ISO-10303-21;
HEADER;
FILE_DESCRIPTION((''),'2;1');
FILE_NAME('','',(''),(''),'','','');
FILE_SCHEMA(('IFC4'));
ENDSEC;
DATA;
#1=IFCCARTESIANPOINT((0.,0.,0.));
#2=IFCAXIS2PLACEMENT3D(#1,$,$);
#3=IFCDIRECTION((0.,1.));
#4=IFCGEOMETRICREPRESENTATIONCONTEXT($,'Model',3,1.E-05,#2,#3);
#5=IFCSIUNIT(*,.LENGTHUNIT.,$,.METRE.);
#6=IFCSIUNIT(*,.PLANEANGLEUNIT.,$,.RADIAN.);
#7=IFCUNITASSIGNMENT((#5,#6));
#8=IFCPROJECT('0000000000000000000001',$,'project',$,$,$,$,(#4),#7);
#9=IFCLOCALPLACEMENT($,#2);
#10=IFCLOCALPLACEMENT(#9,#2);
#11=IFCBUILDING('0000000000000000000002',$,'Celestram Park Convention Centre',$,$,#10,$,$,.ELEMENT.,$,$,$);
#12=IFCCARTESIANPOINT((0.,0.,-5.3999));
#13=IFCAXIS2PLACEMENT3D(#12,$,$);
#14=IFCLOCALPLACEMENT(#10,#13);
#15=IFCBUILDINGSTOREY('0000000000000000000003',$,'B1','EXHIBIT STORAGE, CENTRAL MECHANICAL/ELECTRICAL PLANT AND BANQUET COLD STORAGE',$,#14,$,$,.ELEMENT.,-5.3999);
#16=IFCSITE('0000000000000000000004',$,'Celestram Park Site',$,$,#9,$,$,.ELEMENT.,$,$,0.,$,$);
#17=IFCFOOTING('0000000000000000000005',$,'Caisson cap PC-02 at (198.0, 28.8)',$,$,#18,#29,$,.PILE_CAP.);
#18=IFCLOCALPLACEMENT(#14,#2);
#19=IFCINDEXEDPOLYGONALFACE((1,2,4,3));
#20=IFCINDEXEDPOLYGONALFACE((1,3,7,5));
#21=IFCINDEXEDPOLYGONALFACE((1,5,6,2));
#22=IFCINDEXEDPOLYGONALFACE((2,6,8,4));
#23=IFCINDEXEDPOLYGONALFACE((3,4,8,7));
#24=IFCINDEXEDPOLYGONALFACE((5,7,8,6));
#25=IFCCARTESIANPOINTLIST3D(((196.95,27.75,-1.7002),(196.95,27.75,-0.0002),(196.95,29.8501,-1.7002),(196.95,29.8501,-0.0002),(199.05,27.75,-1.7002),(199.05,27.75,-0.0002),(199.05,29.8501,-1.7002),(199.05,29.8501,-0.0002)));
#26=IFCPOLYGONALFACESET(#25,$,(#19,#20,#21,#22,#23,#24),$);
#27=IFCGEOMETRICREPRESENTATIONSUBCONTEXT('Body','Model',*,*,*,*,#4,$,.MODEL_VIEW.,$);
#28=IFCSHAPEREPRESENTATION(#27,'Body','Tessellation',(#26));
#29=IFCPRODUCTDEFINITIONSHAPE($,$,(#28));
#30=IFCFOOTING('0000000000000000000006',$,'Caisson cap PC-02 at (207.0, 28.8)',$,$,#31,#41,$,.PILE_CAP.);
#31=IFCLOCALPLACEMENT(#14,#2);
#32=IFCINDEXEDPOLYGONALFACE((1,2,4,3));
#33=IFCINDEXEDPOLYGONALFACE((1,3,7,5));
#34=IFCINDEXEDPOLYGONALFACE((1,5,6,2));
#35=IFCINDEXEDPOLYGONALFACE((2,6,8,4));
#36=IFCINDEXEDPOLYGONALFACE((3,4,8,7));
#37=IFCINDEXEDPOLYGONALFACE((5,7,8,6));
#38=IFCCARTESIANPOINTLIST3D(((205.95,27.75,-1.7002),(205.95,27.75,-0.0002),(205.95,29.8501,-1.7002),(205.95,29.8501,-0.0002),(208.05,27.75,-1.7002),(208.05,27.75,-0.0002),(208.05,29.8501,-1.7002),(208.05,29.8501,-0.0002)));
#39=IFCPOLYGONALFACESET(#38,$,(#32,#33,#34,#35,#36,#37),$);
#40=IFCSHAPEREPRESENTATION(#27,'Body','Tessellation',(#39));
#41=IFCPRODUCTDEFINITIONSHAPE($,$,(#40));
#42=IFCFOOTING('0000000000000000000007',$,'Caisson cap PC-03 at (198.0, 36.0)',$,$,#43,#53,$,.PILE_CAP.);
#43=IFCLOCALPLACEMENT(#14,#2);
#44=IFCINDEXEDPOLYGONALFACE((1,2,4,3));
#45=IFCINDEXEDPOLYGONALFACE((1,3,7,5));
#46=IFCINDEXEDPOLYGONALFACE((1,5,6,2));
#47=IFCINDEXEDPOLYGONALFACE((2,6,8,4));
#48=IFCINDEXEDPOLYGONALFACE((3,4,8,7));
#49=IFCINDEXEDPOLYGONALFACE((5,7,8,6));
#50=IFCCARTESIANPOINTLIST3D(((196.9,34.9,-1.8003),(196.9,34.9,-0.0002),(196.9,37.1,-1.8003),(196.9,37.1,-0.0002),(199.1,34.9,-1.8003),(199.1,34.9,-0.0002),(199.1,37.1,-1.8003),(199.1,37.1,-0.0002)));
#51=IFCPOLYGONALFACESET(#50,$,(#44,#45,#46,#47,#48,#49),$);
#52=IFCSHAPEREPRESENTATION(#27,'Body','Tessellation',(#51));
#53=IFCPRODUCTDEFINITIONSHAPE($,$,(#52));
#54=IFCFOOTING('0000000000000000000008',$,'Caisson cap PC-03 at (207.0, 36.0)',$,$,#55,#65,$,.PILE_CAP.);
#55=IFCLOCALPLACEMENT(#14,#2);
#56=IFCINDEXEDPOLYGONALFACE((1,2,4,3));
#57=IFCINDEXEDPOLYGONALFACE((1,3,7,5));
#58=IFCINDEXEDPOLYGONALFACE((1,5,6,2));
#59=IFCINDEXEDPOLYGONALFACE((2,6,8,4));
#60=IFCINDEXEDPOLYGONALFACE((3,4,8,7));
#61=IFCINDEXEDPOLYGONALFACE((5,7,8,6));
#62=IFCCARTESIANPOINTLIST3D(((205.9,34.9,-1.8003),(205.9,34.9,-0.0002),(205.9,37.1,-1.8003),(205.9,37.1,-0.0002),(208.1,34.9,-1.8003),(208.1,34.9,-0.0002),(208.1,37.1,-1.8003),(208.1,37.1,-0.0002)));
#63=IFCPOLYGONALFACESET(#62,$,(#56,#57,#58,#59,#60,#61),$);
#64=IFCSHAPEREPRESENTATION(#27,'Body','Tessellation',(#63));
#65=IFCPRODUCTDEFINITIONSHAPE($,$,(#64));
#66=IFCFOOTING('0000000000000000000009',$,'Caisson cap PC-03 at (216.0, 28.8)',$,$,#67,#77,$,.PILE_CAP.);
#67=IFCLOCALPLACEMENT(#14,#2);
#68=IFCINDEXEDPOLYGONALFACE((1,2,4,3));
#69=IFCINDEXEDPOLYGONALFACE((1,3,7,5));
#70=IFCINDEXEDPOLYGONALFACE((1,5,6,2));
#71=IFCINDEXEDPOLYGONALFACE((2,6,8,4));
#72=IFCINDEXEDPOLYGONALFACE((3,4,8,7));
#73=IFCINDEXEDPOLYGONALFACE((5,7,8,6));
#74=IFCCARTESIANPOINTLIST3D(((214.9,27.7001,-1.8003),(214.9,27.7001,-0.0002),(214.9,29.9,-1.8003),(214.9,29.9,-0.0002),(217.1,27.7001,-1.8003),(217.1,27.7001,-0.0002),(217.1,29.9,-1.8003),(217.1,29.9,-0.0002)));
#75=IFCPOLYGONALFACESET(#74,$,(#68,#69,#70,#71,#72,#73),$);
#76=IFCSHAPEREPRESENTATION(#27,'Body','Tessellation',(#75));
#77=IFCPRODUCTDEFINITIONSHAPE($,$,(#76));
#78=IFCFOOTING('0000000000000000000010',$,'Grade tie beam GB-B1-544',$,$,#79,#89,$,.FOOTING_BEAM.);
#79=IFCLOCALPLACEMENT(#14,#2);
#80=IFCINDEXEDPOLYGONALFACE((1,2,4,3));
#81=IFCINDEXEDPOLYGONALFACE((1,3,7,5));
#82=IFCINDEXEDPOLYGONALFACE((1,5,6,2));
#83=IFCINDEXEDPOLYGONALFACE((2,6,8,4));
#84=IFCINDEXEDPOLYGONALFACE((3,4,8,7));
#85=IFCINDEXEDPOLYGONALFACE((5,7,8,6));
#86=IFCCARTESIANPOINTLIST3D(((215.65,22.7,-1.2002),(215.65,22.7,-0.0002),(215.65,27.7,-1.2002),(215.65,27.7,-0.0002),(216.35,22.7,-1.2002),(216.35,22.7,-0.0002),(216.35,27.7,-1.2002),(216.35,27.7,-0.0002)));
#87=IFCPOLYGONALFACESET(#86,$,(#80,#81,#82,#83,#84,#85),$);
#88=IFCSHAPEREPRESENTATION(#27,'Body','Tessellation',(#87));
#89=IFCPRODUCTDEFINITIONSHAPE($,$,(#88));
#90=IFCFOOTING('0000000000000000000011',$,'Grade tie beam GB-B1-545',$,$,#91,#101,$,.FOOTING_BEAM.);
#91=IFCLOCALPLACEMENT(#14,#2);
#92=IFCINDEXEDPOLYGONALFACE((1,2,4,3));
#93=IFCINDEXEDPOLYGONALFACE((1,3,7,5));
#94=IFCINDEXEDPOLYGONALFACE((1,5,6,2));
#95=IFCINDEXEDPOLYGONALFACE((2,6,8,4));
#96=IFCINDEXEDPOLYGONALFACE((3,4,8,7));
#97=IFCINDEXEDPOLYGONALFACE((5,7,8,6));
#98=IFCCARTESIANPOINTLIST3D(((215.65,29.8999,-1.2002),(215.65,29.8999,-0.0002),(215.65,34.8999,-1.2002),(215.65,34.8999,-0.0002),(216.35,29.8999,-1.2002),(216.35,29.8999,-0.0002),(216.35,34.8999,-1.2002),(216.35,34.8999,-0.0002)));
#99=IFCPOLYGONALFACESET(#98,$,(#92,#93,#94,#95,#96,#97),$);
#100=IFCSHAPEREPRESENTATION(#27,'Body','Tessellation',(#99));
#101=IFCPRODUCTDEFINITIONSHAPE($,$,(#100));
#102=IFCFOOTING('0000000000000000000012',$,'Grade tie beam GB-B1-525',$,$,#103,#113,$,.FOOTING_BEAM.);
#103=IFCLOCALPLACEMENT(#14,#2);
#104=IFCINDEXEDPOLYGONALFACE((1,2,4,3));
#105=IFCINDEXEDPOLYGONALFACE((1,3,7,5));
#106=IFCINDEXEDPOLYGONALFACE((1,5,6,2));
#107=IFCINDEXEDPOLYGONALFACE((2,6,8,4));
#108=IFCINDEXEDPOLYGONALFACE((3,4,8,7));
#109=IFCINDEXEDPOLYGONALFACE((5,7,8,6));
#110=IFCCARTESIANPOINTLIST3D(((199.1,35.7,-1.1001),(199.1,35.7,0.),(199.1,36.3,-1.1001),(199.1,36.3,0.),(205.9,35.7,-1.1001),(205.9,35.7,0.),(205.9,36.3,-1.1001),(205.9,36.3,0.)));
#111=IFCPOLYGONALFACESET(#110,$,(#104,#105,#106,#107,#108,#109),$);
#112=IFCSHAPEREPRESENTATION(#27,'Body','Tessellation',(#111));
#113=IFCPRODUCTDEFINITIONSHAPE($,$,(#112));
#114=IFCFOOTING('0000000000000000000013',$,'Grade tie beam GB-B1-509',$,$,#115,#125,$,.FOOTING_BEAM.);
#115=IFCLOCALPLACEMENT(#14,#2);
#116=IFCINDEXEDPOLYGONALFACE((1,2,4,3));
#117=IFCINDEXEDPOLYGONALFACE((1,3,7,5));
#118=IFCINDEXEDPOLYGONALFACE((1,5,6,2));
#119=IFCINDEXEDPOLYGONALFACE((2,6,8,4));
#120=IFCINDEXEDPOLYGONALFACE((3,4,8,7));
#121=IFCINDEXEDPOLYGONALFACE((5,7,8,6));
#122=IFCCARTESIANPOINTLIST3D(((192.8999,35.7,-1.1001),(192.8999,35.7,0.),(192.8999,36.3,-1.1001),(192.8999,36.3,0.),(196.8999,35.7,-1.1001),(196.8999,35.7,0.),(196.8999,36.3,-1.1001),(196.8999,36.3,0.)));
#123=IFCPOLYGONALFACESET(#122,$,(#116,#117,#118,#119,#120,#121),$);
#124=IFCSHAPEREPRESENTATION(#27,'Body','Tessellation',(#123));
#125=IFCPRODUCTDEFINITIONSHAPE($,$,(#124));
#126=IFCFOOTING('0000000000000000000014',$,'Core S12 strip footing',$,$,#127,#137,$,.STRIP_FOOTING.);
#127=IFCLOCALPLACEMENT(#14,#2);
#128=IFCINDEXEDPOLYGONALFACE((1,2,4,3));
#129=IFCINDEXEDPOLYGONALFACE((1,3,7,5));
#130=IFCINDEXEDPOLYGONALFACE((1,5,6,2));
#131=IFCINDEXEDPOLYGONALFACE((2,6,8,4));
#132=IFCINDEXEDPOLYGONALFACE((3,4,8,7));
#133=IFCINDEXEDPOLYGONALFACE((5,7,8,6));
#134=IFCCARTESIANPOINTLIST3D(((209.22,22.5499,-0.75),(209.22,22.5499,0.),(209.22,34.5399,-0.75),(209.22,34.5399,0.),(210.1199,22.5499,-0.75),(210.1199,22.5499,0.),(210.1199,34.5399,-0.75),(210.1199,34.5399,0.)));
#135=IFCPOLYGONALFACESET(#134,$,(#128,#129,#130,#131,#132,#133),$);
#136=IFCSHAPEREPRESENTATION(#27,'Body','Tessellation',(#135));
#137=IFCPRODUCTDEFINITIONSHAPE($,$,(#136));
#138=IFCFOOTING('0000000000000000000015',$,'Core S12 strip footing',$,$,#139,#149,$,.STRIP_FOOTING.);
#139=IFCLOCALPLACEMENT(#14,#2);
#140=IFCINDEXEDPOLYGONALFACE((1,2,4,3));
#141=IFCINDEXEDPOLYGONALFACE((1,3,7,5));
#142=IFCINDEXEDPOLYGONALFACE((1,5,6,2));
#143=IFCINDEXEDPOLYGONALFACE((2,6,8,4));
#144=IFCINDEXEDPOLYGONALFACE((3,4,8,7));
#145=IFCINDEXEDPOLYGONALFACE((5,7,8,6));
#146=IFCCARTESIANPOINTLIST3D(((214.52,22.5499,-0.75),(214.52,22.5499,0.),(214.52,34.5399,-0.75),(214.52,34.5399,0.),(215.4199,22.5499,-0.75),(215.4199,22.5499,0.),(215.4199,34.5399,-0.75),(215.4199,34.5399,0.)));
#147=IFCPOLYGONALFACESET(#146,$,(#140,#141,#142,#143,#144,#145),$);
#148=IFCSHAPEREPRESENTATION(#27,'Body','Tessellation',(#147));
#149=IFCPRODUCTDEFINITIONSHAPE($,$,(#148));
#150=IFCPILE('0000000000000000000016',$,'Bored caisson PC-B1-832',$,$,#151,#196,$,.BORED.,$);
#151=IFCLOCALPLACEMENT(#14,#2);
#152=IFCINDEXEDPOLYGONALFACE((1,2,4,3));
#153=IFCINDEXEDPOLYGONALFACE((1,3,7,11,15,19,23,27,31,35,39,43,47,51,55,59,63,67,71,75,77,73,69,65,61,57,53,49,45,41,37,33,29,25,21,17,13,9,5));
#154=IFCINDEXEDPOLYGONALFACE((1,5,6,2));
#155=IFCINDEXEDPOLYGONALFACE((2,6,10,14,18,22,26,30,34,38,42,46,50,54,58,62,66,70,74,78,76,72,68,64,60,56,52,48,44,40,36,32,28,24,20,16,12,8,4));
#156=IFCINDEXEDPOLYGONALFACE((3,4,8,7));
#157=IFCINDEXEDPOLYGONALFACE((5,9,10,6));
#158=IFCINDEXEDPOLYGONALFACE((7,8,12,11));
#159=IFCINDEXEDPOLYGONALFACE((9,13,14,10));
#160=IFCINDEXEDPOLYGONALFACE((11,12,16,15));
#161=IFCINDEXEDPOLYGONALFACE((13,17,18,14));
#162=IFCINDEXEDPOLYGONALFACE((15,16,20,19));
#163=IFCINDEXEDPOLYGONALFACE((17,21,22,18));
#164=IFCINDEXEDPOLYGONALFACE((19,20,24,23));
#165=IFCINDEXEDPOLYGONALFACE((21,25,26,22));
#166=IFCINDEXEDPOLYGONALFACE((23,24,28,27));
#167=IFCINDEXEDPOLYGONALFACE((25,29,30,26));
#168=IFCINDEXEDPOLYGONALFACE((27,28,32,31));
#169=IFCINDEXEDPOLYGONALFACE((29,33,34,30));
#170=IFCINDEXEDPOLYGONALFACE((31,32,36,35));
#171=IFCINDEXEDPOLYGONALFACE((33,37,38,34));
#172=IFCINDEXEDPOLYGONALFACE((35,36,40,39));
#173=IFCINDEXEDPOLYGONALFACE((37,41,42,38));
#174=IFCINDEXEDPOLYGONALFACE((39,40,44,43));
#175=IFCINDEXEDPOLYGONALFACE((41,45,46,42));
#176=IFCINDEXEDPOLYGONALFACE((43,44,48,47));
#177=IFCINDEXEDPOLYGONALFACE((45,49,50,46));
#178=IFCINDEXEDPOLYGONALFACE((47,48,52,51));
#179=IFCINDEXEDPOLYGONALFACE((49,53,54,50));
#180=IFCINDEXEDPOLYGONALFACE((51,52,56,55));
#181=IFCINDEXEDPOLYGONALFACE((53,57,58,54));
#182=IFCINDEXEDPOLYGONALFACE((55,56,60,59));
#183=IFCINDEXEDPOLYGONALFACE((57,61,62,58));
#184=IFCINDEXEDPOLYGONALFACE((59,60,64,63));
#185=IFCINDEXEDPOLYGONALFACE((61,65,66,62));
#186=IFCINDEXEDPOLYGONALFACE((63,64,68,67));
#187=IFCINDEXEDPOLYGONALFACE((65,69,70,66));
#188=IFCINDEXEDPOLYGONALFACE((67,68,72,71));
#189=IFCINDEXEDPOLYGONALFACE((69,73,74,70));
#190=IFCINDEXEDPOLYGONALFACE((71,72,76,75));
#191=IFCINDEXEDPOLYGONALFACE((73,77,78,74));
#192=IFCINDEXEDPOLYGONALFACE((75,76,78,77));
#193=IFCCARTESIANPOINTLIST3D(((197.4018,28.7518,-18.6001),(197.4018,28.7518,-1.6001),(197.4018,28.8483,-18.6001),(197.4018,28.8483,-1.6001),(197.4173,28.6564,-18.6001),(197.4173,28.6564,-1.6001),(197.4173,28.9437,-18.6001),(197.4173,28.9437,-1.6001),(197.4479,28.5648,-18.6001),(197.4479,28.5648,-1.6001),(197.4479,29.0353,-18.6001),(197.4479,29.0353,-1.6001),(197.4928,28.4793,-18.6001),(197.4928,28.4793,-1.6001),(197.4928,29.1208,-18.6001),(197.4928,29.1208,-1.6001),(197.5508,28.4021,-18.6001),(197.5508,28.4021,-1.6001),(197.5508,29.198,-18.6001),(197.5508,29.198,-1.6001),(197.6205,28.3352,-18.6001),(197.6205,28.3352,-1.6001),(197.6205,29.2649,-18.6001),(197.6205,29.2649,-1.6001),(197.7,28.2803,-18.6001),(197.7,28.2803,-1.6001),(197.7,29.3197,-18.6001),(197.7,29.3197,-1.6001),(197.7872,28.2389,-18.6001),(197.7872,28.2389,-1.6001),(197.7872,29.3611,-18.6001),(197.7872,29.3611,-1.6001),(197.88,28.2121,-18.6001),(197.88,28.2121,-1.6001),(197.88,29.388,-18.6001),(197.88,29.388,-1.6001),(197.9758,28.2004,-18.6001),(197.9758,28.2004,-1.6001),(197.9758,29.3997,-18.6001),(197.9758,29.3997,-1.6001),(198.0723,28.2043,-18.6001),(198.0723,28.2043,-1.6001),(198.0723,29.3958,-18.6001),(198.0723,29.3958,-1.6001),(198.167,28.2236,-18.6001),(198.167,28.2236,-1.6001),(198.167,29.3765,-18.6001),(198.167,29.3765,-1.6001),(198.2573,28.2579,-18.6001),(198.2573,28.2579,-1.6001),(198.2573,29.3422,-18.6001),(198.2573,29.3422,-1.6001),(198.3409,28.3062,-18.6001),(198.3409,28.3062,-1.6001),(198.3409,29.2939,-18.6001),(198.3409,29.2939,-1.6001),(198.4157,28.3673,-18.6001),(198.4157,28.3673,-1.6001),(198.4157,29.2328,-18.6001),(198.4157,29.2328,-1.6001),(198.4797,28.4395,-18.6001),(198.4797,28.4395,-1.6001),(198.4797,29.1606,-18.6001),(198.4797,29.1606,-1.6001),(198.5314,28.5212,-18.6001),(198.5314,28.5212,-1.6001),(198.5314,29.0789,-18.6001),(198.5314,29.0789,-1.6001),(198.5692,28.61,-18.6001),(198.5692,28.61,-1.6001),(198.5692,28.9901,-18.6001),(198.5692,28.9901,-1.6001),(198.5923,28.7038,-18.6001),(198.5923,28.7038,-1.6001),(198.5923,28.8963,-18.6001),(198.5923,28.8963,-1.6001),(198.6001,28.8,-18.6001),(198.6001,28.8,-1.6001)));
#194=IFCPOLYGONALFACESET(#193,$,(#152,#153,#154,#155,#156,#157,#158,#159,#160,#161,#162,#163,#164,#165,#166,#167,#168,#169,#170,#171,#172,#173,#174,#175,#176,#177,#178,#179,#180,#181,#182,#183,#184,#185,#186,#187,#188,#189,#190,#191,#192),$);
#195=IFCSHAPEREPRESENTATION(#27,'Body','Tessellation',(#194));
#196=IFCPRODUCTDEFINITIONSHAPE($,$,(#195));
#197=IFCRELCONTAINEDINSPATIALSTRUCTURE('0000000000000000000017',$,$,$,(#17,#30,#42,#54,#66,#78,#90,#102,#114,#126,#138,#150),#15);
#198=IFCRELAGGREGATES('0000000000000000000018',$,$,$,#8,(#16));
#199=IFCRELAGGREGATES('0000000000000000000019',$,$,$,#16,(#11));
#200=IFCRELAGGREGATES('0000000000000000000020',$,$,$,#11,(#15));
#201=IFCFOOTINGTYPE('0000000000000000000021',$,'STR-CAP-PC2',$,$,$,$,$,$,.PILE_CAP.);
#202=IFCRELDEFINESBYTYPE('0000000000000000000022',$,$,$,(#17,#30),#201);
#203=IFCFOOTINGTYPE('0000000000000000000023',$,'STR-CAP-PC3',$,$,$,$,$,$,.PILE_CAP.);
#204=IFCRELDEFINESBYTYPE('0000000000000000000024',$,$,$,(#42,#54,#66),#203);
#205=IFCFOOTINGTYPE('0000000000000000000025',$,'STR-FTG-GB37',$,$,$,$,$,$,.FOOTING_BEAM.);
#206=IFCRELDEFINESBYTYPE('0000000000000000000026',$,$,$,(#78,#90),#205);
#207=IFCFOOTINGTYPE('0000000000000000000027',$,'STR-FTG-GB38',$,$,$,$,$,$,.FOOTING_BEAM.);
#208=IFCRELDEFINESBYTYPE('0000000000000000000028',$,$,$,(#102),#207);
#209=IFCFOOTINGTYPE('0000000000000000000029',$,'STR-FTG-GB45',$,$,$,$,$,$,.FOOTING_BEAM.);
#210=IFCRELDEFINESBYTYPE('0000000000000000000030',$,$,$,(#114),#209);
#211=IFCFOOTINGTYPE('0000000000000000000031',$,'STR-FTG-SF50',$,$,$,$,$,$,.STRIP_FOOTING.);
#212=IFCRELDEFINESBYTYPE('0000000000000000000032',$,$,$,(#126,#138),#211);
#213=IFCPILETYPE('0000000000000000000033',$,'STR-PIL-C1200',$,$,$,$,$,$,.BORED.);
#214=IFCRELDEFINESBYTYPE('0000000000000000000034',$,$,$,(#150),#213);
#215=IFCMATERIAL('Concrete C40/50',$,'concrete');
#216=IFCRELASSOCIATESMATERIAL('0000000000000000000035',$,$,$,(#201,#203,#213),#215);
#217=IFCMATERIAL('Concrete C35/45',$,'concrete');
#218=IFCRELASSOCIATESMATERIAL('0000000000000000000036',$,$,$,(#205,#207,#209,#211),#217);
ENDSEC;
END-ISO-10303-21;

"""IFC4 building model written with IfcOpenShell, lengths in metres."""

from ifc_helpers import new_model, si_unit, direction, frame, origin, origin_2d, place, context, subcontext, project, spatial, rectangle, circle, extrude, material, material_profile, profile_set, type_object, element, save


model = new_model("IFC4")

# Units and contexts
model_context = context("Model", 3, precision=1e-05, world=origin(), true_north=direction((0.0, 1.0)))
body_context = subcontext(model_context, "Body", "Model", "MODEL_VIEW")
ifc_project = project(units=[si_unit("LENGTHUNIT", "METRE"), si_unit("PLANEANGLEUNIT", "RADIAN")], contexts=[model_context])

# Site, building, storey
site_placement = place(None, origin())
site = spatial("IfcSite", under=ifc_project, at=site_placement, Name="Celestram Park Site", CompositionType="ELEMENT", RefElevation=0.0)
building_placement = place(site_placement, origin())
building = spatial("IfcBuilding", under=site, at=building_placement, Name="Celestram Park Convention Centre", CompositionType="ELEMENT")
storey_placement = place(building_placement, frame((0.0, 0.0, -5.3999)))
storey = spatial("IfcBuildingStorey", under=building, at=storey_placement, Name="B1", Description="EXHIBIT STORAGE, CENTRAL MECHANICAL/ELECTRICAL PLANT AND BANQUET COLD STORAGE", CompositionType="ELEMENT", Elevation=-5.3999)

# Footings
ifc_material_1 = material(Name="Concrete C40/50", Category="concrete")
footing_type_1 = type_object("IfcFootingType", Name="STR-CAP-PC2", PredefinedType="PILE_CAP", material=ifc_material_1)
for number, where, z_axis, x_axis, name in (
    (1, (198.0, 28.8, -1.7002), (0.0, 0.0, 1.0), (1.0, 0.0, 0.0), "Caisson cap PC-02 at (198.0, 28.8)"),
    (2, (207.0, 28.8, -1.7002), (0.0, 0.0, 1.0), (1.0, 0.0, 0.0), "Caisson cap PC-02 at (207.0, 28.8)"),
):
    element("IfcFooting", number, at=place(storey_placement, frame(where, z_axis=z_axis, x_axis=x_axis)), inside=storey, type_object=footing_type_1, Name=name, PredefinedType="PILE_CAP", context=body_context, shape_type="SweptSolid", body=[
        extrude(rectangle(XDim=2.1001, YDim=2.1001, at=origin_2d()), origin(), (0.0, 0.0, 1.0), 1.7),
    ])
footing_type_2 = type_object("IfcFootingType", Name="STR-CAP-PC3", PredefinedType="PILE_CAP", material=ifc_material_1)
for number, where, z_axis, x_axis, name in (
    (3, (198.0, 36.0, -1.8003), (0.0, 0.0, 1.0), (1.0, 0.0, 0.0), "Caisson cap PC-03 at (198.0, 36.0)"),
    (4, (207.0, 36.0, -1.8003), (0.0, 0.0, 1.0), (1.0, 0.0, 0.0), "Caisson cap PC-03 at (207.0, 36.0)"),
    (5, (216.0, 28.8, -1.8003), (0.0, 0.0, 1.0), (1.0, 0.0, 0.0), "Caisson cap PC-03 at (216.0, 28.8)"),
):
    element("IfcFooting", number, at=place(storey_placement, frame(where, z_axis=z_axis, x_axis=x_axis)), inside=storey, type_object=footing_type_2, Name=name, PredefinedType="PILE_CAP", context=body_context, shape_type="SweptSolid", body=[
        extrude(rectangle(XDim=2.2, YDim=2.2, at=origin_2d()), origin(), (0.0, 0.0, 1.0), 1.8),
    ])
ifc_material_2 = material(Name="Concrete C35/45", Category="concrete")
footing_type_3 = type_object("IfcFootingType", Name="STR-FTG-GB37", PredefinedType="FOOTING_BEAM", material=ifc_material_2)
for number, where, z_axis, x_axis, name in (
    (6, (216.0, 25.2, -1.2002), (0.0, 0.0, 1.0), (0.0, 1.0, 0.0), "Grade tie beam GB-B1-544"),
    (7, (216.0, 32.3999, -1.2002), (0.0, 0.0, 1.0), (0.0, 1.0, 0.0), "Grade tie beam GB-B1-545"),
):
    element("IfcFooting", number, at=place(storey_placement, frame(where, z_axis=z_axis, x_axis=x_axis)), inside=storey, type_object=footing_type_3, Name=name, PredefinedType="FOOTING_BEAM", context=body_context, shape_type="SweptSolid", body=[
        extrude(rectangle(XDim=5.0, YDim=0.7, at=origin_2d()), origin(), (0.0, 0.0, 1.0), 1.2),
    ])
footing_type_4 = type_object("IfcFootingType", Name="STR-FTG-GB38", PredefinedType="FOOTING_BEAM", material=ifc_material_2)
footing_1_placement = place(storey_placement, frame((202.5, 36.0, -1.1001), z_axis=(0.0, 0.0, 1.0), x_axis=(1.0, 0.0, 0.0)))
element("IfcFooting", 8, at=footing_1_placement, inside=storey, type_object=footing_type_4, Name="Grade tie beam GB-B1-525", PredefinedType="FOOTING_BEAM", context=body_context, shape_type="SweptSolid", body=[
    extrude(rectangle(XDim=6.8, YDim=0.6001, at=origin_2d()), origin(), (0.0, 0.0, 1.0), 1.1001),
])
footing_type_5 = type_object("IfcFootingType", Name="STR-FTG-GB45", PredefinedType="FOOTING_BEAM", material=ifc_material_2)
footing_2_placement = place(storey_placement, frame((194.8999, 36.0, -1.1001), z_axis=(0.0, 0.0, 1.0), x_axis=(1.0, 0.0, 0.0)))
element("IfcFooting", 9, at=footing_2_placement, inside=storey, type_object=footing_type_5, Name="Grade tie beam GB-B1-509", PredefinedType="FOOTING_BEAM", context=body_context, shape_type="SweptSolid", body=[
    extrude(rectangle(XDim=4.0, YDim=0.6001, at=origin_2d()), origin(), (0.0, 0.0, 1.0), 1.1001),
])
footing_type_6 = type_object("IfcFootingType", Name="STR-FTG-SF50", PredefinedType="STRIP_FOOTING", material=ifc_material_2)
for number, where, z_axis, x_axis, name in (
    (10, (209.6699, 28.5449, -0.75), (0.0, 0.0, 1.0), (0.0, 1.0, 0.0), "Core S12 strip footing"),
    (11, (214.97, 28.5449, -0.75), (0.0, 0.0, 1.0), (0.0, 1.0, 0.0), "Core S12 strip footing"),
):
    element("IfcFooting", number, at=place(storey_placement, frame(where, z_axis=z_axis, x_axis=x_axis)), inside=storey, type_object=footing_type_6, Name=name, PredefinedType="STRIP_FOOTING", context=body_context, shape_type="SweptSolid", body=[
        extrude(rectangle(XDim=11.99, YDim=0.8999, at=origin_2d()), origin(), (0.0, 0.0, 1.0), 0.75),
    ])

# Pile
ifc_material_profile_1 = material_profile(ifc_material_1, circle(Radius=0.6001, at=origin_2d()), Name="CAISSON1200")
ifc_profile_set_1 = profile_set([ifc_material_profile_1], Name="Concrete C40/50")
pile_type_1 = type_object("IfcPileType", Name="STR-PIL-C1200", PredefinedType="BORED", material=ifc_profile_set_1)
for number, where, z_axis, x_axis, name in (
    (12, (198.0, 28.8, -1.6001), (0.0, 0.0, -1.0), (1.0, 0.0, 0.0), "Bored caisson PC-B1-832"),
):
    element("IfcPile", number, at=place(storey_placement, frame(where, z_axis=z_axis, x_axis=x_axis)), inside=storey, type_object=pile_type_1, Name=name, PredefinedType="BORED", context=body_context, shape_type="SweptSolid", body=[
        extrude(circle(Radius=0.6001, at=origin_2d()), origin(), (0.0, 0.0, 1.0), 17.0),
    ])

save(model, "model.ifc")
